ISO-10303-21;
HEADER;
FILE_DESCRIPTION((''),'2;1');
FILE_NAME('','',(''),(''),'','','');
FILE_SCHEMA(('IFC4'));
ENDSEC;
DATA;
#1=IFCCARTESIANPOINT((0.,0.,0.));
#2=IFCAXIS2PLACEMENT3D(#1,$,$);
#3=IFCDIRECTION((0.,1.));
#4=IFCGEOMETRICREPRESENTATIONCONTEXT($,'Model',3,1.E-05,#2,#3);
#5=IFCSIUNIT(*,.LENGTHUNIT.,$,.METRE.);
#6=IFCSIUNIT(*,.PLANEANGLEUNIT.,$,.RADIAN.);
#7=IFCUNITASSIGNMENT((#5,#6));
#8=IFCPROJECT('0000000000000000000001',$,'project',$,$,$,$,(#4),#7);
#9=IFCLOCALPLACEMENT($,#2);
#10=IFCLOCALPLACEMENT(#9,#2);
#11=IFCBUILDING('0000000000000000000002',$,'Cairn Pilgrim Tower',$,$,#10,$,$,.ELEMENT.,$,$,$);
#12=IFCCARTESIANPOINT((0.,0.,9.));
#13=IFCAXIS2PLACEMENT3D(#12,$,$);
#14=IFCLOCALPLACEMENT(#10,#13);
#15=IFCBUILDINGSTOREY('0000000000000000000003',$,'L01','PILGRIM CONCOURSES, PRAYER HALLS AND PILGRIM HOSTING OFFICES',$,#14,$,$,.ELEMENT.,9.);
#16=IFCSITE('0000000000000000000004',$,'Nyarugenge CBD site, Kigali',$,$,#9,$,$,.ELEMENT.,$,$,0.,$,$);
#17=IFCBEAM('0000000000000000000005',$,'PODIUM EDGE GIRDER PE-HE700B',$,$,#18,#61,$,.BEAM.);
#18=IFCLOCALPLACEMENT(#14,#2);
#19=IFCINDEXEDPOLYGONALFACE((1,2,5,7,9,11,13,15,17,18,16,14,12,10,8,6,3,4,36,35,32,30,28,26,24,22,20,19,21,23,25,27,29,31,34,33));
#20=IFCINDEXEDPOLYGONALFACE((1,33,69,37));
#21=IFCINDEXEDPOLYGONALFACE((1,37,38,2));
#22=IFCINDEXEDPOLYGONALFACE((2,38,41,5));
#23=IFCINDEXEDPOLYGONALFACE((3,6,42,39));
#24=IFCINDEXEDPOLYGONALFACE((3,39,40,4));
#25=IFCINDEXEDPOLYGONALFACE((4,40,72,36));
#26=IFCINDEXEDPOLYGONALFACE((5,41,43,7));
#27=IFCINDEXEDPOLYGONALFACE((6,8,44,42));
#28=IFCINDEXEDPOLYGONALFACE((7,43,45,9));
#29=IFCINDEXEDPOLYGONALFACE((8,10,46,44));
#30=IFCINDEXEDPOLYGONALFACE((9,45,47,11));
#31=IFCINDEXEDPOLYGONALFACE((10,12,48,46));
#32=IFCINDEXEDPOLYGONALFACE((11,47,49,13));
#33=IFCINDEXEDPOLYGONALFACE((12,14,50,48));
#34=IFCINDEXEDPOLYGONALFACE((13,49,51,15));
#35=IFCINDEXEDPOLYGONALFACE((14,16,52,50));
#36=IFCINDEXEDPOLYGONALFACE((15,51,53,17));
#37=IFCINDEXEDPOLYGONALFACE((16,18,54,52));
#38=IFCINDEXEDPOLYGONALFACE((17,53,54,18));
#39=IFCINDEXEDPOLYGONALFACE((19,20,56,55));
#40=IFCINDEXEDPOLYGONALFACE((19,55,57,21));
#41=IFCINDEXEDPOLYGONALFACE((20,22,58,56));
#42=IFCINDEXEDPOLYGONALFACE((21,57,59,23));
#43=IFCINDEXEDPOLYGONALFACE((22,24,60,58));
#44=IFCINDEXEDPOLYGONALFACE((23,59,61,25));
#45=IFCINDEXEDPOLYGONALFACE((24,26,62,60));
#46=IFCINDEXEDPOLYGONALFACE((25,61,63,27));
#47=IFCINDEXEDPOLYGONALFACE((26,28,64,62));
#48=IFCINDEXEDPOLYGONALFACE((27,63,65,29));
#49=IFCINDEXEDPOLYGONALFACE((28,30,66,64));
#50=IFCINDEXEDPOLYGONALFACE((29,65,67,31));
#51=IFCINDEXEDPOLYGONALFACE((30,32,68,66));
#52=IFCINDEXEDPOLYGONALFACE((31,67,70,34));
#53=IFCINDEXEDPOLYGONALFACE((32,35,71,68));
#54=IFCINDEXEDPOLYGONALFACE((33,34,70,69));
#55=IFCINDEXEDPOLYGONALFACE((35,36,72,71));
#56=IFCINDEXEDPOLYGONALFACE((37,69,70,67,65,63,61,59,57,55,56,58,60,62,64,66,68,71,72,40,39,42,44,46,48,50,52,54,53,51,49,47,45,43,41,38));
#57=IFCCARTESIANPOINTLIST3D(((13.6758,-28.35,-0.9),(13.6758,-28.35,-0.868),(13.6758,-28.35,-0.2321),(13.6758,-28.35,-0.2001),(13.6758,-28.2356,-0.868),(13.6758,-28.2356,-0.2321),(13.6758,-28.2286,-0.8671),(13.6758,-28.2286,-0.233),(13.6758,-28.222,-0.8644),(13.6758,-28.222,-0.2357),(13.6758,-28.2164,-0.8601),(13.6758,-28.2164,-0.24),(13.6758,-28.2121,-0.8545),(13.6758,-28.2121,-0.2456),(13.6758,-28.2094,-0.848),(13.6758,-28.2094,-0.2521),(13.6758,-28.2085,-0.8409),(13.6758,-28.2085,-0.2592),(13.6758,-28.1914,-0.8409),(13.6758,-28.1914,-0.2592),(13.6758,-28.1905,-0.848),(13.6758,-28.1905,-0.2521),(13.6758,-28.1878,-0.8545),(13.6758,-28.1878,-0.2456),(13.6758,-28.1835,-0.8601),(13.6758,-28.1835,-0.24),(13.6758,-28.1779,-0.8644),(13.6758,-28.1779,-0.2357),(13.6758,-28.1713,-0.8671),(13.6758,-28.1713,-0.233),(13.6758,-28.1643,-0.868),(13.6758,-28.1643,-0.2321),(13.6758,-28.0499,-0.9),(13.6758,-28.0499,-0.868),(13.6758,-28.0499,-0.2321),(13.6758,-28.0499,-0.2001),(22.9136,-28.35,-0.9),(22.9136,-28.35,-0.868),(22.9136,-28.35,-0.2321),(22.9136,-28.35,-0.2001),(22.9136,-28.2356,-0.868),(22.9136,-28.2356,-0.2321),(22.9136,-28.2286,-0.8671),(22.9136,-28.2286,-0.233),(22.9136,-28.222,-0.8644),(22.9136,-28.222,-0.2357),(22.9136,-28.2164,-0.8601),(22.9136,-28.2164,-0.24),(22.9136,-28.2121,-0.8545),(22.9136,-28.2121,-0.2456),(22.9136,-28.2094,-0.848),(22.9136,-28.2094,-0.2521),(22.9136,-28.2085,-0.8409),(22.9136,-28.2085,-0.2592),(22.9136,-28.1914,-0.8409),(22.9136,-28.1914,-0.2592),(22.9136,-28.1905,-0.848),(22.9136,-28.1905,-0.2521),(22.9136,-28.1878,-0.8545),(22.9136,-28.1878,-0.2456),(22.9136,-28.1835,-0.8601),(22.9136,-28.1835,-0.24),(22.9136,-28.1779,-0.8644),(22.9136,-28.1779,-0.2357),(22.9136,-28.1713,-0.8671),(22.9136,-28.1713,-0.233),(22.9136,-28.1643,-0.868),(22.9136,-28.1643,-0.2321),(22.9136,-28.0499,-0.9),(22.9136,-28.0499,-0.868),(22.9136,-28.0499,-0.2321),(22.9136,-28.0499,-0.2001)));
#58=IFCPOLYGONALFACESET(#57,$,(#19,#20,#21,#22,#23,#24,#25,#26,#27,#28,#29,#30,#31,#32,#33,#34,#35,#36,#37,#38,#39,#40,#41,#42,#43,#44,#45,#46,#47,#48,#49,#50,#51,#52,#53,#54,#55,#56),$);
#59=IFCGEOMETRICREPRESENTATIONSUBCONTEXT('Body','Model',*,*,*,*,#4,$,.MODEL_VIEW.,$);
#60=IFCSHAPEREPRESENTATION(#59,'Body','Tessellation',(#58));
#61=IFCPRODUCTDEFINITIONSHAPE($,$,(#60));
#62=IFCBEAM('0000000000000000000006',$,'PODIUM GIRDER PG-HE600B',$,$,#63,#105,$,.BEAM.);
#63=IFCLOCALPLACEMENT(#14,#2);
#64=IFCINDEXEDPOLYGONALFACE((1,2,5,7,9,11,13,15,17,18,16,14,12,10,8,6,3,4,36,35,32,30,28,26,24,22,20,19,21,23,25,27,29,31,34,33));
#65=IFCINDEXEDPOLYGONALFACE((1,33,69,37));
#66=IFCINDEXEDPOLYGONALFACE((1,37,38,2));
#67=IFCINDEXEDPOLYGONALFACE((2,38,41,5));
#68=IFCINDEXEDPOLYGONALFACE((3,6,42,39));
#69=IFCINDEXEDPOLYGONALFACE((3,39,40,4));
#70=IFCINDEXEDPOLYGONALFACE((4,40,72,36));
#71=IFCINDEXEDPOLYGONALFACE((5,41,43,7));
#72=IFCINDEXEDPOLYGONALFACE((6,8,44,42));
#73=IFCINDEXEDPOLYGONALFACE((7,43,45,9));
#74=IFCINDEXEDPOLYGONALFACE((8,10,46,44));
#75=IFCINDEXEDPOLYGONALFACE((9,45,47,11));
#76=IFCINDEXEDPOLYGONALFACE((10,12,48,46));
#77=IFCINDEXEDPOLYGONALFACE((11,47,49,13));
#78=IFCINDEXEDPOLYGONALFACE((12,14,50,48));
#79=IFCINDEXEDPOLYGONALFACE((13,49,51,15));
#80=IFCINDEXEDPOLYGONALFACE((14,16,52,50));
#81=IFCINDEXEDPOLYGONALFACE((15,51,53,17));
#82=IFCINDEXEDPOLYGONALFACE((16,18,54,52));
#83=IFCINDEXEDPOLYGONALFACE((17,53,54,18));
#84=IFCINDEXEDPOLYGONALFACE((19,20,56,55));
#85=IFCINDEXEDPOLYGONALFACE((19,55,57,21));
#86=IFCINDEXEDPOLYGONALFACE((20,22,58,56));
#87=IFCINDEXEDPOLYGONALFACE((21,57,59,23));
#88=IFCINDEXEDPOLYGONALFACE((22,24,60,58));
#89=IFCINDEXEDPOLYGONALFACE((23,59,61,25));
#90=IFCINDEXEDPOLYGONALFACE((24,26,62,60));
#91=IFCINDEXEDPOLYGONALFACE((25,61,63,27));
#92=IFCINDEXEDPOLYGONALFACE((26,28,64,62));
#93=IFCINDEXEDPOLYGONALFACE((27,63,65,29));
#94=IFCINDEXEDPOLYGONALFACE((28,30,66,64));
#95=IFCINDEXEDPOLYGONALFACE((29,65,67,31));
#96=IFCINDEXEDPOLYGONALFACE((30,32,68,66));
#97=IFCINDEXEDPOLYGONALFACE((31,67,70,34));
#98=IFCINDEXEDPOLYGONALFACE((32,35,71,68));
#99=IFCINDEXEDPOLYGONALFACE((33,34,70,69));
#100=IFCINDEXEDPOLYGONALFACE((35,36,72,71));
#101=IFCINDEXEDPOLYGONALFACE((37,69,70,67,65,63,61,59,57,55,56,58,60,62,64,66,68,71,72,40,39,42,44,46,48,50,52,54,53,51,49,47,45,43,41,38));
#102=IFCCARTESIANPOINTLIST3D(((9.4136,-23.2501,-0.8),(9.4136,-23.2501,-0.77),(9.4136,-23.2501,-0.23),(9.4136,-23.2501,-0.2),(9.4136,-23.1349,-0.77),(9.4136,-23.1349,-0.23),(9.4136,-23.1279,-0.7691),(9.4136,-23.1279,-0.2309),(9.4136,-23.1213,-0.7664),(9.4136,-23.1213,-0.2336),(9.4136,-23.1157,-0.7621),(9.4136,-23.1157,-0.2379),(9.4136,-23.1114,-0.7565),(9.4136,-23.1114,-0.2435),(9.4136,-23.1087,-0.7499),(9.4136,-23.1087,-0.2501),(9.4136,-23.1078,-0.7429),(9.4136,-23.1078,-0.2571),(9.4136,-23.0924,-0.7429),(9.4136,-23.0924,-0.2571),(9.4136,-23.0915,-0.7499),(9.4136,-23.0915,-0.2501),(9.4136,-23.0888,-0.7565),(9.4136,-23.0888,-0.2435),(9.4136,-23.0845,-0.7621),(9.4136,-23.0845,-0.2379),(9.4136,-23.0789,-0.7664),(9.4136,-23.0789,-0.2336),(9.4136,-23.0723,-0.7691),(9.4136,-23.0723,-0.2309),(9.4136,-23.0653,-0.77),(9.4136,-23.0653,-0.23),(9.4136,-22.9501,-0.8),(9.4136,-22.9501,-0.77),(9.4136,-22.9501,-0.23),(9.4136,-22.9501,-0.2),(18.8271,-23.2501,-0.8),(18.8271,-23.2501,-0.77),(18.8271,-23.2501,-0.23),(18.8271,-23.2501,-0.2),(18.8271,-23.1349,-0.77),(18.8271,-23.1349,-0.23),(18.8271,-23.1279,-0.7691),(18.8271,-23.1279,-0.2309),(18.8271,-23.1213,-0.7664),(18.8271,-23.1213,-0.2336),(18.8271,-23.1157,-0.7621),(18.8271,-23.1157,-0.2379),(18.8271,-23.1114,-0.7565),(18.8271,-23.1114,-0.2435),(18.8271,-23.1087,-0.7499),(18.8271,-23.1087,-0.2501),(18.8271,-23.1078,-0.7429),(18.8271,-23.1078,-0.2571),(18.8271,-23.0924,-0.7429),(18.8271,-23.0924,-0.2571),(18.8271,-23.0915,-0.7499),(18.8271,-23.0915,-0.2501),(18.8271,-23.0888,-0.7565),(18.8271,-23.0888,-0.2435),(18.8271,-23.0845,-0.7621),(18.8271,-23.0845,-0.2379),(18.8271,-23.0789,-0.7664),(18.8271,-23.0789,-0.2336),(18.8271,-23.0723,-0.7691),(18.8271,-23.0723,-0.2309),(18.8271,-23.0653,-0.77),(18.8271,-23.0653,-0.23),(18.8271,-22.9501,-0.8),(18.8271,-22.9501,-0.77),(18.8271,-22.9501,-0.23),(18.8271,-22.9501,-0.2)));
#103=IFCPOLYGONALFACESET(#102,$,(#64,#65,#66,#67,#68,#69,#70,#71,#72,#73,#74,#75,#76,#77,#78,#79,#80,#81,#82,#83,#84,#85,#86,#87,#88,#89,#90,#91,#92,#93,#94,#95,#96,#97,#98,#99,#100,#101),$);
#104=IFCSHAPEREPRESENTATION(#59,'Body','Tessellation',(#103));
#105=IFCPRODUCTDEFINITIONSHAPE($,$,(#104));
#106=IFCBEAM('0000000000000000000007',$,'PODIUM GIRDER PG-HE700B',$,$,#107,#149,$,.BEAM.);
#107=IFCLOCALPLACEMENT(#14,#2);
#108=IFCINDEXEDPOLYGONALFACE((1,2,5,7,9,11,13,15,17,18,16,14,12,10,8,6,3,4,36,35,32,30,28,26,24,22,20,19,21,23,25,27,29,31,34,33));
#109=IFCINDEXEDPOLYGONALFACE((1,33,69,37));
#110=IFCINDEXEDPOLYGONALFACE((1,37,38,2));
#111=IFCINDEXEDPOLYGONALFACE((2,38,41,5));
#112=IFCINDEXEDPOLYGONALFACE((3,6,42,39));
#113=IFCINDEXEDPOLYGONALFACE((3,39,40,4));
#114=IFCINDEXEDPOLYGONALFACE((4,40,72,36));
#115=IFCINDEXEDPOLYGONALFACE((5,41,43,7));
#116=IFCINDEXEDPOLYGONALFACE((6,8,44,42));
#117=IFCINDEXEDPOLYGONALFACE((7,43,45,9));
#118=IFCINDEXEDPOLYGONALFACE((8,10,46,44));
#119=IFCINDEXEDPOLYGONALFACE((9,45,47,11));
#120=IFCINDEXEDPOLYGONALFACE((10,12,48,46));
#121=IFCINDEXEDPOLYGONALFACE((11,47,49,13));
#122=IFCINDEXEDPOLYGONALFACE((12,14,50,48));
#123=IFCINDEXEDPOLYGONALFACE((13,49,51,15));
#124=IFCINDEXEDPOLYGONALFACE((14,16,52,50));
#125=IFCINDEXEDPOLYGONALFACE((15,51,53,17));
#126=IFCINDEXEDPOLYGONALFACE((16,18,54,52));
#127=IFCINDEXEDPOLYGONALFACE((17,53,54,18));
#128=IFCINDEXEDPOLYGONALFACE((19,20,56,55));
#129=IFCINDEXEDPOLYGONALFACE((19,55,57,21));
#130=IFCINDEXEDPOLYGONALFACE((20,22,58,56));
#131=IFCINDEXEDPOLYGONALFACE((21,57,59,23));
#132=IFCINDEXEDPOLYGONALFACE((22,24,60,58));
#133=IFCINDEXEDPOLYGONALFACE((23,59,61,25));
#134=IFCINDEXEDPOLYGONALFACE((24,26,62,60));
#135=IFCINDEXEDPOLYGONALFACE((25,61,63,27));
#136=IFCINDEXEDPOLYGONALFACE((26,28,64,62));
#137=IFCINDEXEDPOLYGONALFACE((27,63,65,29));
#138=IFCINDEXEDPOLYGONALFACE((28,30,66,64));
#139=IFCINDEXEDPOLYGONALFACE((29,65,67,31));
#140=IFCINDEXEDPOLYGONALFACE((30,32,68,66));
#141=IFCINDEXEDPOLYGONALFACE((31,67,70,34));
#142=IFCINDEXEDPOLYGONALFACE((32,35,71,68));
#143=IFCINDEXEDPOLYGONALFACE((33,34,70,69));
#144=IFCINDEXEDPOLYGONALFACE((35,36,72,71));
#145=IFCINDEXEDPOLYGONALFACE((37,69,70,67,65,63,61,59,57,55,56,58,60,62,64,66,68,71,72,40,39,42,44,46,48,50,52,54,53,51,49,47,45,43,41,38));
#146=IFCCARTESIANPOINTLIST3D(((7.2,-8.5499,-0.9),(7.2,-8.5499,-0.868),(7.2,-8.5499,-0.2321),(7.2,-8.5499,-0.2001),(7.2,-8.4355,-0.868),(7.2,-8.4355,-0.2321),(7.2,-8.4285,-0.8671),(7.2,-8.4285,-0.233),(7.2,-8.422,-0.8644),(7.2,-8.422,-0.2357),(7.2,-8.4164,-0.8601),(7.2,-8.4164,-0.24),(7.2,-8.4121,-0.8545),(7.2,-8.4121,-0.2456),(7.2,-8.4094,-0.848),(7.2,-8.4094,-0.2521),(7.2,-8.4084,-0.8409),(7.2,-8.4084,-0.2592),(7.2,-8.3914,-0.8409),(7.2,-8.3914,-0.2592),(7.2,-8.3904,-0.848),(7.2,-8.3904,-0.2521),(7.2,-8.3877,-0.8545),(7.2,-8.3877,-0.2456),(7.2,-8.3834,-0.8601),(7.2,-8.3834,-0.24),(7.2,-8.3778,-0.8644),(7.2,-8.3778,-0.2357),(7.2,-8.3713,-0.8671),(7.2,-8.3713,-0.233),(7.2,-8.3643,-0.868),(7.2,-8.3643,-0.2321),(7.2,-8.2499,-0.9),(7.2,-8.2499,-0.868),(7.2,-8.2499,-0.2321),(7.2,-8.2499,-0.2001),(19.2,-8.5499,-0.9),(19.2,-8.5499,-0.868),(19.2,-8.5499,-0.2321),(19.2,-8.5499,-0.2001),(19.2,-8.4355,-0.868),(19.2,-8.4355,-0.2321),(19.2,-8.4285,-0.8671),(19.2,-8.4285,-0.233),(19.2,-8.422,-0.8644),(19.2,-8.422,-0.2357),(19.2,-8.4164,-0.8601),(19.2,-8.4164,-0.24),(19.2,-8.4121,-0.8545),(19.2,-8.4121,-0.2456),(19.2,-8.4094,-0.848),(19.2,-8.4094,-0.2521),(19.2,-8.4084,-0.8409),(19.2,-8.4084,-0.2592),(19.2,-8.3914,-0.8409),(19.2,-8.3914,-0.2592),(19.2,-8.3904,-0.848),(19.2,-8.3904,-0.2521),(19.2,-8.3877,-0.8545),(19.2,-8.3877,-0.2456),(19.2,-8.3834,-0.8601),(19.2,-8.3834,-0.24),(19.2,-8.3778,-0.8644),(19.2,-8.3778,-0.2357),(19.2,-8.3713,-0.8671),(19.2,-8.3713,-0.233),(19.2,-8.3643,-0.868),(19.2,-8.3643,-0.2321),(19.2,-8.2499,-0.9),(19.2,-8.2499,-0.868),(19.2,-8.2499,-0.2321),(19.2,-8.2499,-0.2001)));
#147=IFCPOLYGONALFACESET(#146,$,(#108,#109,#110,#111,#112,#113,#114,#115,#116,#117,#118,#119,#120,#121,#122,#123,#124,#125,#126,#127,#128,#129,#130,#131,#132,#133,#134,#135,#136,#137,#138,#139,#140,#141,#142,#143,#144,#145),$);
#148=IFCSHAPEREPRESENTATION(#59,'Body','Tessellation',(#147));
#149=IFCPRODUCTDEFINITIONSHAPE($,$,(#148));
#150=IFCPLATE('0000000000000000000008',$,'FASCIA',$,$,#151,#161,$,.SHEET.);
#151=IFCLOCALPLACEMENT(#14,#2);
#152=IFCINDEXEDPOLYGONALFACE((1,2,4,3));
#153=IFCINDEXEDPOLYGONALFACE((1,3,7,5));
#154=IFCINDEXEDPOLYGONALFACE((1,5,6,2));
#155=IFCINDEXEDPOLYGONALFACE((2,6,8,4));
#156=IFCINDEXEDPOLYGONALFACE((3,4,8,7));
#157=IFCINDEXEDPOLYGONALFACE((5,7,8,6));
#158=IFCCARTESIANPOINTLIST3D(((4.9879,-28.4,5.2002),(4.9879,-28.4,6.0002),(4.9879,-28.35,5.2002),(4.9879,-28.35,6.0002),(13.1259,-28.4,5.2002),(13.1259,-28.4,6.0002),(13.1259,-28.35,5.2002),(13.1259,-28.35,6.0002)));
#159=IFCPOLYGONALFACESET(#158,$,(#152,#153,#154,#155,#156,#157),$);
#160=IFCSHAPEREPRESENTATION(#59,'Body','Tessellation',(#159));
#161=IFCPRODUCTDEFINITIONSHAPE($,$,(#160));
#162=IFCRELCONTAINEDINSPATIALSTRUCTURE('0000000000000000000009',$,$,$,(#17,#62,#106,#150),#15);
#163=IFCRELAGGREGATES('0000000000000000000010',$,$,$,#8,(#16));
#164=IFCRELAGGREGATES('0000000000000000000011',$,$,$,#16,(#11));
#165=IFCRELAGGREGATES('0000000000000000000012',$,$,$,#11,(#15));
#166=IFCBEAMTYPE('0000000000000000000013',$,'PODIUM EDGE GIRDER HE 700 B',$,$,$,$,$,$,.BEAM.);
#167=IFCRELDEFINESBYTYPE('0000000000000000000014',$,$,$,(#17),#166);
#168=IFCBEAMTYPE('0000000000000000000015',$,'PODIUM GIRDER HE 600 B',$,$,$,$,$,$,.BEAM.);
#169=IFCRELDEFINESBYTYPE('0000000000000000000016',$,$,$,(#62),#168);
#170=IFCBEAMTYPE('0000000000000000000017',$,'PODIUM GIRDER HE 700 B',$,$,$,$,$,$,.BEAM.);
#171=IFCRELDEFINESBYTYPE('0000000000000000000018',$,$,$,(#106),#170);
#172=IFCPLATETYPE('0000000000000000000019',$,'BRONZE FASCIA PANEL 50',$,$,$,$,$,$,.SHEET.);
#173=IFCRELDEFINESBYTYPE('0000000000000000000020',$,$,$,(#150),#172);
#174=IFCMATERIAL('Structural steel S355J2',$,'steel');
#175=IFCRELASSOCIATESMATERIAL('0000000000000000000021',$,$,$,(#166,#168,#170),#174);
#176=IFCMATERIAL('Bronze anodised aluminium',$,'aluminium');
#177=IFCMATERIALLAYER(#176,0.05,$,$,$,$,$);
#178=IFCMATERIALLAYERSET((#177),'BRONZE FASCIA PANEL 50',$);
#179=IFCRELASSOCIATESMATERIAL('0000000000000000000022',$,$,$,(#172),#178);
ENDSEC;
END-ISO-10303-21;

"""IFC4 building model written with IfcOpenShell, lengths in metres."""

from ifc_helpers import new_model, si_unit, direction, frame, origin, origin_2d, place, context, subcontext, project, spatial, rectangle, i_section, extrude, material, layer, layer_set, material_profile, profile_set, type_object, element, save


model = new_model("IFC4")

# Units and contexts
model_context = context("Model", 3, precision=1e-05, world=origin(), true_north=direction((0.0, 1.0)))
body_context = subcontext(model_context, "Body", "Model", "MODEL_VIEW")
ifc_project = project(units=[si_unit("LENGTHUNIT", "METRE"), si_unit("PLANEANGLEUNIT", "RADIAN")], contexts=[model_context])

# Site, building, storey
site_placement = place(None, origin())
site = spatial("IfcSite", under=ifc_project, at=site_placement, Name="Nyarugenge CBD site, Kigali", CompositionType="ELEMENT", RefElevation=0.0)
building_placement = place(site_placement, origin())
building = spatial("IfcBuilding", under=site, at=building_placement, Name="Cairn Pilgrim Tower", CompositionType="ELEMENT")
storey_placement = place(building_placement, frame((0.0, 0.0, 9.0)))
storey = spatial("IfcBuildingStorey", under=building, at=storey_placement, Name="L01", Description="PILGRIM CONCOURSES, PRAYER HALLS AND PILGRIM HOSTING OFFICES", CompositionType="ELEMENT", Elevation=9.0)

# Beams
ifc_material_1 = material(Name="Structural steel S355J2", Category="steel")
ifc_material_profile_1 = material_profile(ifc_material_1, i_section(OverallWidth=0.3, OverallDepth=0.7, WebThickness=0.0171, FlangeThickness=0.032, FilletRadius=0.0271, at=origin_2d()), Name="HEB 700")
ifc_profile_set_1 = profile_set([ifc_material_profile_1], Name="Structural steel S355J2")
beam_type_1 = type_object("IfcBeamType", Name="PODIUM EDGE GIRDER HE 700 B", PredefinedType="BEAM", material=ifc_profile_set_1)
for number, where, z_axis, x_axis, name in (
    (1, (13.6758, -28.2, -0.55), (1.0, 0.0, 0.0), (0.0, 1.0, 0.0), "PODIUM EDGE GIRDER PE-HE700B"),
):
    element("IfcBeam", number, at=place(storey_placement, frame(where, z_axis=z_axis, x_axis=x_axis)), inside=storey, type_object=beam_type_1, Name=name, PredefinedType="BEAM", context=body_context, shape_type="SweptSolid", body=[
        extrude(i_section(OverallWidth=0.3, OverallDepth=0.7, WebThickness=0.0171, FlangeThickness=0.032, FilletRadius=0.0271, at=origin_2d()), origin(), (0.0, 0.0, 1.0), 9.2378),
    ])
ifc_material_profile_2 = material_profile(ifc_material_1, i_section(OverallWidth=0.3, OverallDepth=0.6001, WebThickness=0.0154, FlangeThickness=0.03, FilletRadius=0.0271, at=origin_2d()), Name="HEB 600")
ifc_profile_set_2 = profile_set([ifc_material_profile_2], Name="Structural steel S355J2")
beam_type_2 = type_object("IfcBeamType", Name="PODIUM GIRDER HE 600 B", PredefinedType="BEAM", material=ifc_profile_set_2)
beam_1_placement = place(storey_placement, frame((9.4136, -23.1001, -0.5), z_axis=(1.0, 0.0, 0.0), x_axis=(0.0, 1.0, 0.0)))
element("IfcBeam", 2, at=beam_1_placement, inside=storey, type_object=beam_type_2, Name="PODIUM GIRDER PG-HE600B", PredefinedType="BEAM", context=body_context, shape_type="SweptSolid", body=[
    extrude(i_section(OverallWidth=0.3, OverallDepth=0.6001, WebThickness=0.0154, FlangeThickness=0.03, FilletRadius=0.0271, at=origin_2d()), origin(), (0.0, 0.0, 1.0), 9.4136),
])
ifc_material_profile_3 = material_profile(ifc_material_1, i_section(OverallWidth=0.3, OverallDepth=0.7, WebThickness=0.0171, FlangeThickness=0.032, FilletRadius=0.0271, at=origin_2d()), Name="HEB 700")
ifc_profile_set_3 = profile_set([ifc_material_profile_3], Name="Structural steel S355J2")
beam_type_3 = type_object("IfcBeamType", Name="PODIUM GIRDER HE 700 B", PredefinedType="BEAM", material=ifc_profile_set_3)
beam_2_placement = place(storey_placement, frame((7.2, -8.3999, -0.55), z_axis=(1.0, 0.0, 0.0), x_axis=(0.0, 1.0, 0.0)))
element("IfcBeam", 3, at=beam_2_placement, inside=storey, type_object=beam_type_3, Name="PODIUM GIRDER PG-HE700B", PredefinedType="BEAM", context=body_context, shape_type="SweptSolid", body=[
    extrude(i_section(OverallWidth=0.3, OverallDepth=0.7, WebThickness=0.0171, FlangeThickness=0.032, FilletRadius=0.0271, at=origin_2d()), origin(), (0.0, 0.0, 1.0), 12.0),
])

# Plate
ifc_material_2 = material(Name="Bronze anodised aluminium", Category="aluminium")
ifc_layer_1 = layer(ifc_material_2, 0.05)
ifc_layer_set_1 = layer_set([ifc_layer_1], Name="BRONZE FASCIA PANEL 50")
plate_type = type_object("IfcPlateType", Name="BRONZE FASCIA PANEL 50", PredefinedType="SHEET", material=ifc_layer_set_1)
plate_placement = place(storey_placement, frame((9.0569, -28.375, 5.2002), z_axis=(0.0, 0.0, 1.0), x_axis=(1.0, 0.0, 0.0)))
element("IfcPlate", 4, at=plate_placement, inside=storey, type_object=plate_type, Name="FASCIA", PredefinedType="SHEET", context=body_context, shape_type="SweptSolid", body=[
    extrude(rectangle(XDim=8.1379, YDim=0.05, at=origin_2d()), origin(), (0.0, 0.0, 1.0), 0.8),
])

save(model, "model.ifc")
